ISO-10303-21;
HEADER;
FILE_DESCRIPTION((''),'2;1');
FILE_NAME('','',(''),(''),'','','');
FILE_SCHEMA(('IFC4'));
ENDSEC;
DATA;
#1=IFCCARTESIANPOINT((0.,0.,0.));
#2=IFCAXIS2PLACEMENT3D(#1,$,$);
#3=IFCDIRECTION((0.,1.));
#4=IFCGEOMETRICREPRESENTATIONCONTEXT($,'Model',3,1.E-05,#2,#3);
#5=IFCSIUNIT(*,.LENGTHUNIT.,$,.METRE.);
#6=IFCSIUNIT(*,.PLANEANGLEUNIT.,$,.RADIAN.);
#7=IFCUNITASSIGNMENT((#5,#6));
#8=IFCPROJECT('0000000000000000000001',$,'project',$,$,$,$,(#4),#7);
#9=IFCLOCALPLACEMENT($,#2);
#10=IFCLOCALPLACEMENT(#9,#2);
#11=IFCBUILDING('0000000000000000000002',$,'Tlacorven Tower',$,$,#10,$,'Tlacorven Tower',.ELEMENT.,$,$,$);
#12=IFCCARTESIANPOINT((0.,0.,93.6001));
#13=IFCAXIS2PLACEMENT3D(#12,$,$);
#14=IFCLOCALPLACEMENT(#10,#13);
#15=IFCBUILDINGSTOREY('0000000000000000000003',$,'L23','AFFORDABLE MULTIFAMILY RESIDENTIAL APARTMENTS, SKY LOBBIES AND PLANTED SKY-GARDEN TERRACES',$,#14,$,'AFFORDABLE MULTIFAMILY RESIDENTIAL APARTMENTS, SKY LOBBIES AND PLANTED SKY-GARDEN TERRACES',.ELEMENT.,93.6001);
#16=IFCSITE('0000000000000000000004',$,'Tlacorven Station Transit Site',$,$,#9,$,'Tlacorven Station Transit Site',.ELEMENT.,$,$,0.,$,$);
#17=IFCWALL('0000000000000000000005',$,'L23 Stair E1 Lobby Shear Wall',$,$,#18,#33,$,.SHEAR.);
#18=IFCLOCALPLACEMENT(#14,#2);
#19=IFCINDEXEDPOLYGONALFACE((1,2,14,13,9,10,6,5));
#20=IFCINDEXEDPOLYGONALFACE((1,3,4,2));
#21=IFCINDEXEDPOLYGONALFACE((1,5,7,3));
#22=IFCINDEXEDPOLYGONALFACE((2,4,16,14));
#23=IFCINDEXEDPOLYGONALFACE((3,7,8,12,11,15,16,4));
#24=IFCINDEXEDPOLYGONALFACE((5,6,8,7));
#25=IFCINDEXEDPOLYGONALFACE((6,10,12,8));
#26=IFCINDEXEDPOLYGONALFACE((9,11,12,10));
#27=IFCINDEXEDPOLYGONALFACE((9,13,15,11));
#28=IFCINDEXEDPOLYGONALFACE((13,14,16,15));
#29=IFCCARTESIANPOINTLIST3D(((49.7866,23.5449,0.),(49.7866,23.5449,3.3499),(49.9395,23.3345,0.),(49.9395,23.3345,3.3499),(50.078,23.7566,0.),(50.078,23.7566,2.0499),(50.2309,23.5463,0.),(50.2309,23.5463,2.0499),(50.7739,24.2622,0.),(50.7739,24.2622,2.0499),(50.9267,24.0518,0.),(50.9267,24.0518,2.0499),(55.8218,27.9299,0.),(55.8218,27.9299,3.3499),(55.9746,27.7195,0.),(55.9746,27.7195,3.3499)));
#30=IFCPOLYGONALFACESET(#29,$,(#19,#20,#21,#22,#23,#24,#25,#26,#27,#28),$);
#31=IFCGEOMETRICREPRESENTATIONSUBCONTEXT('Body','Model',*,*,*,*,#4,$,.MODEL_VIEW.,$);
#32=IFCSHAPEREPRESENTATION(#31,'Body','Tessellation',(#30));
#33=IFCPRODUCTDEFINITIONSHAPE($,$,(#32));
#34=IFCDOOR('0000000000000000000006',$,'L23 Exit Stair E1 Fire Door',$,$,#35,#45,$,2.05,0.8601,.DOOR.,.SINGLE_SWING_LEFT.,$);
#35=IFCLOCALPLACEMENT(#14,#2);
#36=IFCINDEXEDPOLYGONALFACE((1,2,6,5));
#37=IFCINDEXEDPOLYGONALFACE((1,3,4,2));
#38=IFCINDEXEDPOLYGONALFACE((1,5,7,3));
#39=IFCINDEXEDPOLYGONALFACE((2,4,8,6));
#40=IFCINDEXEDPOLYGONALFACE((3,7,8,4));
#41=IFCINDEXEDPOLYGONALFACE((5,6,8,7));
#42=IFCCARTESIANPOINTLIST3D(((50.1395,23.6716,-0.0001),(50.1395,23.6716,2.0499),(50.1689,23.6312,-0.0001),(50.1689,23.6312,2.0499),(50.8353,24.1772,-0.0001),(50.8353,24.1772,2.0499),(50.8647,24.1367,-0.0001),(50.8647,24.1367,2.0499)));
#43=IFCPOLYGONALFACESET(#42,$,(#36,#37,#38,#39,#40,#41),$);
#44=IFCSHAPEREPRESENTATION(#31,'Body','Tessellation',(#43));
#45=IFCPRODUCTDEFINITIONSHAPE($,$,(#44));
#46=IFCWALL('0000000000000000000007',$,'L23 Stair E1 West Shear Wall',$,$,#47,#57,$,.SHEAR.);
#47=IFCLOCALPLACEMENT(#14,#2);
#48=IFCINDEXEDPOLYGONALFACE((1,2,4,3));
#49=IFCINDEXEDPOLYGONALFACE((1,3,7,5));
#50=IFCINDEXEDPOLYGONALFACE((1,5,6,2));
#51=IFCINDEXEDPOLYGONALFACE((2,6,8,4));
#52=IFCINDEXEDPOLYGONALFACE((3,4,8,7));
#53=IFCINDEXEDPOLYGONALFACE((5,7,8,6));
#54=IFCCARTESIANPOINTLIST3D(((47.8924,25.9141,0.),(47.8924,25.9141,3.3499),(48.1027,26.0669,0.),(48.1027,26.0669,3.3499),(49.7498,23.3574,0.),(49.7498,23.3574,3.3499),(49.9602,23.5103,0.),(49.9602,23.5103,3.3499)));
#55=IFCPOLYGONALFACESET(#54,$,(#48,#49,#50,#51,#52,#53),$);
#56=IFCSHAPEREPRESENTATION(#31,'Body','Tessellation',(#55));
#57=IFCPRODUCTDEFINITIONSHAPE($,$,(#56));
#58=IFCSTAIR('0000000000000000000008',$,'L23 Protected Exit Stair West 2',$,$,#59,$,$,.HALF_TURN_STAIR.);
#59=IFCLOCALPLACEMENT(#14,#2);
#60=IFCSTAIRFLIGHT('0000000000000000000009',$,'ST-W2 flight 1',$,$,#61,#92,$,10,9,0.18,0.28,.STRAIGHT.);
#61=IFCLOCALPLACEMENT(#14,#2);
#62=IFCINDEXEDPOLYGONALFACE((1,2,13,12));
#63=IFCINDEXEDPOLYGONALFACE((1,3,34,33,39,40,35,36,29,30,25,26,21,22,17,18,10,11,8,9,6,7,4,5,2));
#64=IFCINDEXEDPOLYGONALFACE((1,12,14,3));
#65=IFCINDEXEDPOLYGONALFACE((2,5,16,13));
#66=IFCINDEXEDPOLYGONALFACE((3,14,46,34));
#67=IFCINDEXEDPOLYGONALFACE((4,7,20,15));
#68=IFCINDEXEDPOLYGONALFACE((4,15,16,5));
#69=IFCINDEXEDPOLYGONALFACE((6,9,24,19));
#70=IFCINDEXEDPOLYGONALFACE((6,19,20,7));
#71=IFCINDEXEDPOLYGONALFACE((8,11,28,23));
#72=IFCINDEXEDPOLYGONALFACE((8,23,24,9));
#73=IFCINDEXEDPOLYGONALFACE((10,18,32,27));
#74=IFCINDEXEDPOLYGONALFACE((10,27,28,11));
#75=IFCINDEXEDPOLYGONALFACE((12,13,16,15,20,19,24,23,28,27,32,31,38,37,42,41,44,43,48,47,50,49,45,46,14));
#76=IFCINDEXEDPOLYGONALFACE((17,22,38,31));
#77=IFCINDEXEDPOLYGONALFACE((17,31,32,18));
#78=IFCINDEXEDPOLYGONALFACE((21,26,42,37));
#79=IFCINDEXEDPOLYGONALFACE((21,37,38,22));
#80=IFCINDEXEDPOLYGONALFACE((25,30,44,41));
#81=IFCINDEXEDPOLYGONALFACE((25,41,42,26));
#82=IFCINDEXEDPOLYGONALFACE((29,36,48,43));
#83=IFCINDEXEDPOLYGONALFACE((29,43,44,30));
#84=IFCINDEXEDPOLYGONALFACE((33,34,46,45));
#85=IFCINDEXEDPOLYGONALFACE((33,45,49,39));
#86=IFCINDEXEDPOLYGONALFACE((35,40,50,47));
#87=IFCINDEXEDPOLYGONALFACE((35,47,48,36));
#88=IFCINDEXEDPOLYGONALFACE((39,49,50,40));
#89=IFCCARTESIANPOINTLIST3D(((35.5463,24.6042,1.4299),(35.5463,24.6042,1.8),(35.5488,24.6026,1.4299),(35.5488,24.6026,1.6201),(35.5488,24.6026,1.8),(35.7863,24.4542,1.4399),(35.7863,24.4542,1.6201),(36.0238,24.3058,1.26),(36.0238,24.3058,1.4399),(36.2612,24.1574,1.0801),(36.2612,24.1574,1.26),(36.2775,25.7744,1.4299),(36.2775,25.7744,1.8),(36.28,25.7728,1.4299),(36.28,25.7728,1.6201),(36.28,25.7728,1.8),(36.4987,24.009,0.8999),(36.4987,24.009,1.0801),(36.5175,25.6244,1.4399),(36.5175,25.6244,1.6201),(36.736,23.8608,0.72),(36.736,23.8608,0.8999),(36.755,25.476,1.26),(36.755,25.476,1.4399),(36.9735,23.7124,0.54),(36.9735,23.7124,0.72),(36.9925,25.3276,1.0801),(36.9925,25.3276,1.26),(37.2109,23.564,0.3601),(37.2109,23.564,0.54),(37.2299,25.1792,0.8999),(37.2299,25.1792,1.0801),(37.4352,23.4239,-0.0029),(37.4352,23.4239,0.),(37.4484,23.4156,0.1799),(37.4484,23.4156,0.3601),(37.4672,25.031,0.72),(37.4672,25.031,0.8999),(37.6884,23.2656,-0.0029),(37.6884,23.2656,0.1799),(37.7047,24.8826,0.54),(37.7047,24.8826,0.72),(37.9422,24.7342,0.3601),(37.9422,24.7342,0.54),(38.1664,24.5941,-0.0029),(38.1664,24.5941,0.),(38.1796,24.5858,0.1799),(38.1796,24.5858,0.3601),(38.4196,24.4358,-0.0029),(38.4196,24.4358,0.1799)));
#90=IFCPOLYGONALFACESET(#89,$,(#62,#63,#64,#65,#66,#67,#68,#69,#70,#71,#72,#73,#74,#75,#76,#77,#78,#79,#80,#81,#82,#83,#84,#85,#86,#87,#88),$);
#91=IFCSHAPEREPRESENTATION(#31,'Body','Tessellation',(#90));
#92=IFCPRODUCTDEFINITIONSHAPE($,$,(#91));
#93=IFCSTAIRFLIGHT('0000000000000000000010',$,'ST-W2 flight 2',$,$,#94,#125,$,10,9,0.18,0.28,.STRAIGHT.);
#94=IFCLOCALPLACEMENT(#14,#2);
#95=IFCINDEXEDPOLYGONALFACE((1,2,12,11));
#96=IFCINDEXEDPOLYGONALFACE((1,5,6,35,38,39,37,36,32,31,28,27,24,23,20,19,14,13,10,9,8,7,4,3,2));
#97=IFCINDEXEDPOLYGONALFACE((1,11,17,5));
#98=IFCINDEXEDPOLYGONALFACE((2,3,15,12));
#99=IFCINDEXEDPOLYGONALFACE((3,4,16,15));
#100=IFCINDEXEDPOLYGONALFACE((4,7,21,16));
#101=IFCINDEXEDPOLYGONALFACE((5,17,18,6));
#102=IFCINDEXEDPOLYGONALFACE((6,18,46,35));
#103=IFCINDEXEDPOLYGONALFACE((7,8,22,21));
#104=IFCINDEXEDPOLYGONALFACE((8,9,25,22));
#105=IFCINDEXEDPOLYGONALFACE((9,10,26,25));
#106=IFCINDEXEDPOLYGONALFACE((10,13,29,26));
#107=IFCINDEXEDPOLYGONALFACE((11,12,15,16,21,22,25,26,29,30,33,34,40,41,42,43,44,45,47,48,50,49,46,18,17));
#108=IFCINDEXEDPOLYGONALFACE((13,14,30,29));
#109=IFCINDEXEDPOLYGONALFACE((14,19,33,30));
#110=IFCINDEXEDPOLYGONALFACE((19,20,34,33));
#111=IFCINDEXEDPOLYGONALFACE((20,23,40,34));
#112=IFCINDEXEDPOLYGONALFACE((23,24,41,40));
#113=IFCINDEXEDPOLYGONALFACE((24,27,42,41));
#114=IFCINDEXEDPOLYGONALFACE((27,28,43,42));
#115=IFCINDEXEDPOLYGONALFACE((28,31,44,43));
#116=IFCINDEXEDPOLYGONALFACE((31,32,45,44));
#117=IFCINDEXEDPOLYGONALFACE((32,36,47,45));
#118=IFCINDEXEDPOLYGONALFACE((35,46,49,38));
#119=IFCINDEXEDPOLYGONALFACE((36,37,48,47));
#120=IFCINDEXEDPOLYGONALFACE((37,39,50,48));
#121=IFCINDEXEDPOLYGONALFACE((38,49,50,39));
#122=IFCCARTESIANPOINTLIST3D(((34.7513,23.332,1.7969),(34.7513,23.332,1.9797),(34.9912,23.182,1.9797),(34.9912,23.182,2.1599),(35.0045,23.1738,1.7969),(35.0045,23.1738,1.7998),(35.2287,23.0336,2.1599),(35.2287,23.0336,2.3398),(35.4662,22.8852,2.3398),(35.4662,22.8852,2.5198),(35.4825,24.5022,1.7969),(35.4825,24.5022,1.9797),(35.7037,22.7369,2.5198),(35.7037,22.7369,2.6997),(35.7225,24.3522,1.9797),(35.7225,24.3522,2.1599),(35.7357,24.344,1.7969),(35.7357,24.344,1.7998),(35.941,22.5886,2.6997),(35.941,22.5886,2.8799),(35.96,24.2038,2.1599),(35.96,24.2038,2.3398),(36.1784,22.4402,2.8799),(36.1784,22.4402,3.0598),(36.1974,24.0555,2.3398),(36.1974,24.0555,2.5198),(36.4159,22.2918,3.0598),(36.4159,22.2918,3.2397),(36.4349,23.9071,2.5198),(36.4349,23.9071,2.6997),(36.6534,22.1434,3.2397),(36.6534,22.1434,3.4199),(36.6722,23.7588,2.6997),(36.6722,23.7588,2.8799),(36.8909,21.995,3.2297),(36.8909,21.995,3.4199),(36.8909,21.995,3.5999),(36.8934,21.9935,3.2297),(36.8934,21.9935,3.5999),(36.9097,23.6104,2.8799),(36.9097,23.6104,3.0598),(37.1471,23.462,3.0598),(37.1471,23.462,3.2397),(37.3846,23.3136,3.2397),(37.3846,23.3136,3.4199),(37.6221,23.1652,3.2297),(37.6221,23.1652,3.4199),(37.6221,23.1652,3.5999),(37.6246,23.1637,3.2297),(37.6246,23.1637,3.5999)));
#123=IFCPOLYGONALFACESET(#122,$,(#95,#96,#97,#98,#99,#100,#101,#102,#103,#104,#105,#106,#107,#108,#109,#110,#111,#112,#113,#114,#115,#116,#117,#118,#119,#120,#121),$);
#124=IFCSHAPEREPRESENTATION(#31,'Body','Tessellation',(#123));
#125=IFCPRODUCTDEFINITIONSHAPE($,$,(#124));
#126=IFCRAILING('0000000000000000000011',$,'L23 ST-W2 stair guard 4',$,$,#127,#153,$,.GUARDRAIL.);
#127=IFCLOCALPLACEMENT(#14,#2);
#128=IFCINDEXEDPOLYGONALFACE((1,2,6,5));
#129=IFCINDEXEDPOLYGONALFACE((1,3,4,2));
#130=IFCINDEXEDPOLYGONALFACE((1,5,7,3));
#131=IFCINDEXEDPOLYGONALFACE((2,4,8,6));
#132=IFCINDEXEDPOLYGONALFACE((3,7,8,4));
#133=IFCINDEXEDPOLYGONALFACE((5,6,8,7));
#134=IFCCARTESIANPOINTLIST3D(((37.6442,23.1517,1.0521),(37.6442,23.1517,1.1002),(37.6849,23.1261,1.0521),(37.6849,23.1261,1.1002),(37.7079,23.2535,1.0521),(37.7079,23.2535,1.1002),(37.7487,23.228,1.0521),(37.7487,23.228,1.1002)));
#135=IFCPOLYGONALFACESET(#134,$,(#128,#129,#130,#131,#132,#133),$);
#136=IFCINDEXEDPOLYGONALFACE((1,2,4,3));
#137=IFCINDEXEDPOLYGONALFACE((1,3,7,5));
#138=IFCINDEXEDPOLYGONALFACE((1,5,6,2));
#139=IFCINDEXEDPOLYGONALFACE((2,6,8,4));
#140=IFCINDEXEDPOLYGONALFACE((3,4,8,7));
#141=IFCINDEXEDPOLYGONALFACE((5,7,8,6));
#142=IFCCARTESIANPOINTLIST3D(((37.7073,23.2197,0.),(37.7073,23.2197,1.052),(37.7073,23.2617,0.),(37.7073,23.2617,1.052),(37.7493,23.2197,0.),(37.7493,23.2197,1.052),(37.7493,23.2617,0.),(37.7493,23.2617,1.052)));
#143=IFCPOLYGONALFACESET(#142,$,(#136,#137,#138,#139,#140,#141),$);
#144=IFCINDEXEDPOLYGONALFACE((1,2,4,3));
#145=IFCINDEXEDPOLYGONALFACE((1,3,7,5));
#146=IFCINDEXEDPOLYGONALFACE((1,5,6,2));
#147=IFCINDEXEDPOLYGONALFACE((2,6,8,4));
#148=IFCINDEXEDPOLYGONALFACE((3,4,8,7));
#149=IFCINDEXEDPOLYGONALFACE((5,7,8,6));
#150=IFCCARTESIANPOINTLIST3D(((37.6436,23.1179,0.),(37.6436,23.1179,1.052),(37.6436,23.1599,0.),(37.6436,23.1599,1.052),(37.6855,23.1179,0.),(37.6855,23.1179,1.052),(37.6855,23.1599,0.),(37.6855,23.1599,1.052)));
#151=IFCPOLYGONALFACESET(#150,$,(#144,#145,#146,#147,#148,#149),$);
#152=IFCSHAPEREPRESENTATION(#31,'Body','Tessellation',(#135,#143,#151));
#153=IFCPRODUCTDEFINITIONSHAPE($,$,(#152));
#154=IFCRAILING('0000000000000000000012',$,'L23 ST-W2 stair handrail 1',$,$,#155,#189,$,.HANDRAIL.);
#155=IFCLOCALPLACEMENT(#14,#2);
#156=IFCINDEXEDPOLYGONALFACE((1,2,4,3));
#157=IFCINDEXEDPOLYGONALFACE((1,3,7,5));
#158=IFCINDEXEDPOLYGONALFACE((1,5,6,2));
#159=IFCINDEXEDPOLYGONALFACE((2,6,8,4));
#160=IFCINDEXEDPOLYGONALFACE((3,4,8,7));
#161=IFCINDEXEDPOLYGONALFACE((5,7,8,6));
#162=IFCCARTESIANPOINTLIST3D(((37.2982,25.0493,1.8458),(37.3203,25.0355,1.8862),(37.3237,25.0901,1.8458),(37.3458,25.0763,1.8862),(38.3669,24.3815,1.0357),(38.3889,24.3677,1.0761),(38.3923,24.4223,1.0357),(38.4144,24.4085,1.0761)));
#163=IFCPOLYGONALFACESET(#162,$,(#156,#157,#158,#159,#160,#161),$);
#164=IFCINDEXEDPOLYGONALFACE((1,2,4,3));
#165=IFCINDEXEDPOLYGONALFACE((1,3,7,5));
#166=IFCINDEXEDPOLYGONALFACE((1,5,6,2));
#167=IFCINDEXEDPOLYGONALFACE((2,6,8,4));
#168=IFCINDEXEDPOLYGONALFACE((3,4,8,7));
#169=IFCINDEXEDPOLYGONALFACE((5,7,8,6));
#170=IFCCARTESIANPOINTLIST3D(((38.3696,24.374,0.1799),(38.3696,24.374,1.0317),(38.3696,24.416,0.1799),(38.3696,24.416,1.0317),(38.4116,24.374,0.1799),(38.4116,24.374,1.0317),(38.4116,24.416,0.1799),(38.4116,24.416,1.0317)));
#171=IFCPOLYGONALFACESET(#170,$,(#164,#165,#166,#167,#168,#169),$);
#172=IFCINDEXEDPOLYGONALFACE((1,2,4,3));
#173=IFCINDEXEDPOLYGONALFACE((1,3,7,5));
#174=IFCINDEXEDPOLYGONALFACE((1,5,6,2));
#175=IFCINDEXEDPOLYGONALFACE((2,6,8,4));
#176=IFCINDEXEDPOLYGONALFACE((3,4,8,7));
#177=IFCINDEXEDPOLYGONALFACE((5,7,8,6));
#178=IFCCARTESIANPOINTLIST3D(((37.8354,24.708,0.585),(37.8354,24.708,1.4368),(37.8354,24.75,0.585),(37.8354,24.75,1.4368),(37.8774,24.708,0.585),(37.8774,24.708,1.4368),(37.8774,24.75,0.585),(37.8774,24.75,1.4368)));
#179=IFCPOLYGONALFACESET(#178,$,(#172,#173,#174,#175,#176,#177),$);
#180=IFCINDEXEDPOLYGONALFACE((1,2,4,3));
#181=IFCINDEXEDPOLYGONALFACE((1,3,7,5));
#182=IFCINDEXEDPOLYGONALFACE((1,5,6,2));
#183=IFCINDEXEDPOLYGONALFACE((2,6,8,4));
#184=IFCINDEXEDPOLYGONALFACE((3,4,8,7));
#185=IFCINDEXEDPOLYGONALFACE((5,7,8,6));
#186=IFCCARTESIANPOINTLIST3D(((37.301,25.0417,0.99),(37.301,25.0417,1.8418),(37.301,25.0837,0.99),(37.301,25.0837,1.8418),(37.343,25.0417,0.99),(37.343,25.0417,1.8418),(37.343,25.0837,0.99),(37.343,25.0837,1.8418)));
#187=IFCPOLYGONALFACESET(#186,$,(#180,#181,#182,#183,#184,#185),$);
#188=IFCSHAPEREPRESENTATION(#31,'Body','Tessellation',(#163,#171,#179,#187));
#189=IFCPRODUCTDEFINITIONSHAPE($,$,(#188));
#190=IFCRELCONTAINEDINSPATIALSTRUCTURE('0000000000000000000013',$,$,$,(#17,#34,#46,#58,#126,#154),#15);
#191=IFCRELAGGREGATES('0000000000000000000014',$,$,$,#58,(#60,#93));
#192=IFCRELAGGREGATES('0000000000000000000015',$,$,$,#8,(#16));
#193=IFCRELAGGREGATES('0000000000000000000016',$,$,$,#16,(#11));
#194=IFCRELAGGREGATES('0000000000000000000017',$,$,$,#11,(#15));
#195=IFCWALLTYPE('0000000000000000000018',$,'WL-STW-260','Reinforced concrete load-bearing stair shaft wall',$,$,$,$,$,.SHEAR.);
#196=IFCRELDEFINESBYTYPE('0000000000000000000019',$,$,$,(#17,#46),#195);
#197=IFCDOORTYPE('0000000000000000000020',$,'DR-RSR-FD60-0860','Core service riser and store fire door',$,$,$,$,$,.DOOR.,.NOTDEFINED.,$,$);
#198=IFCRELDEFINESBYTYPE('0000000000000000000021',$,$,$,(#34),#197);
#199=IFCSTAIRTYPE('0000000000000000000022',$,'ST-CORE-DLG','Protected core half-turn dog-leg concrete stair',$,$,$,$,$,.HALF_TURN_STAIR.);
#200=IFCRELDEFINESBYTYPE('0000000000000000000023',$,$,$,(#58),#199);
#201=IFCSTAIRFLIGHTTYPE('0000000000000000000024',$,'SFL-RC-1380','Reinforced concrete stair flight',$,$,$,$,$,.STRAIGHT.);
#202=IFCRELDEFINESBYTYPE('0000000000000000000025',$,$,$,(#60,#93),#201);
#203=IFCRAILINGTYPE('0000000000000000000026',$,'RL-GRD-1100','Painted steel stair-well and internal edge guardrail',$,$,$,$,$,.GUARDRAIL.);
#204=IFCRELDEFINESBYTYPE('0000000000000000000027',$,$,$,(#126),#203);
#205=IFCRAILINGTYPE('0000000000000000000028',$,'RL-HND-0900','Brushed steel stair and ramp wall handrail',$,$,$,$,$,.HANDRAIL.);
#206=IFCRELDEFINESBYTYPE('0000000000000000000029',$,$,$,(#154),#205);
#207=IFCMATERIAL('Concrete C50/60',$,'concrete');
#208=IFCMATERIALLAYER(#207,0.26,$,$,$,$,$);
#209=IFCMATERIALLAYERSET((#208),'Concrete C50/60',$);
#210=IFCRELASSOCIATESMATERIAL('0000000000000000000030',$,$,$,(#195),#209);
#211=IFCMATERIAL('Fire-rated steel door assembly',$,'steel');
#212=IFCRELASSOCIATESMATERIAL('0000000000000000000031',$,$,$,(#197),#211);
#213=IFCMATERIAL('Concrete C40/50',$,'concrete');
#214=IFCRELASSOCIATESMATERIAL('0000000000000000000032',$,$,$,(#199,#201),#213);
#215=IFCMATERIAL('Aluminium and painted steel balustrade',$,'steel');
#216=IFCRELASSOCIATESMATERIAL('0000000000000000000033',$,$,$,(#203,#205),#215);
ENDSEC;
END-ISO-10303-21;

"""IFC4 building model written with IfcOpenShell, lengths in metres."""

from ifc_helpers import new_model, si_unit, direction, frame, frame_2d, origin, origin_2d, place, context, subcontext, project, spatial, polyline, rectangle, outline, extrude, source, transform, mapped, material, layer, layer_set, type_object, element, fill, aggregate, save


model = new_model("IFC4")

# Units and contexts
model_context = context("Model", 3, precision=1e-05, world=origin(), true_north=direction((0.0, 1.0)))
body_context = subcontext(model_context, "Body", "Model", "MODEL_VIEW")
ifc_project = project(units=[si_unit("LENGTHUNIT", "METRE"), si_unit("PLANEANGLEUNIT", "RADIAN")], contexts=[model_context])

# Site, building, storey
site_placement = place(None, origin())
site = spatial("IfcSite", under=ifc_project, at=site_placement, Name="Tlacorven Station Transit Site", LongName="Tlacorven Station Transit Site", CompositionType="ELEMENT", RefElevation=0.0)
building_placement = place(site_placement, origin())
building = spatial("IfcBuilding", under=site, at=building_placement, Name="Tlacorven Tower", LongName="Tlacorven Tower", CompositionType="ELEMENT")
storey_placement = place(building_placement, frame((0.0, 0.0, 93.6001)))
storey = spatial("IfcBuildingStorey", under=building, at=storey_placement, Name="L23", Description="AFFORDABLE MULTIFAMILY RESIDENTIAL APARTMENTS, SKY LOBBIES AND PLANTED SKY-GARDEN TERRACES", LongName="AFFORDABLE MULTIFAMILY RESIDENTIAL APARTMENTS, SKY LOBBIES AND PLANTED SKY-GARDEN TERRACES", CompositionType="ELEMENT", Elevation=93.6001)

# Shared definitions
ifc_material_1 = material(Name="Concrete C40/50", Category="concrete")
ifc_material_2 = material(Name="Concrete C50/60", Category="concrete")
ifc_layer_1 = layer(ifc_material_2, 0.26)
ifc_layer_set_1 = layer_set([ifc_layer_1], Name="Concrete C50/60")
wall_type_1 = type_object("IfcWallType", Name="WL-STW-260", Description="Reinforced concrete load-bearing stair shaft wall", PredefinedType="SHEAR", material=ifc_layer_set_1)

# Wall, opening, door
wall_1_placement = place(storey_placement, frame((49.863, 23.4397, 0.0), z_axis=(0.0, 0.0, 1.0), x_axis=(0.809003, 0.587804, 0.0)))
wall_1 = element("IfcWall", 1, at=wall_1_placement, inside=storey, type_object=wall_type_1, Name="L23 Stair E1 Lobby Shear Wall", PredefinedType="SHEAR", context=body_context, shape_type="SweptSolid", body=[
    extrude(rectangle(XDim=7.46, YDim=0.26, at=frame_2d((3.73, 0.0))), origin(), (0.0, 0.0, 1.0), 3.3499),
])
opening_placement = place(wall_1_placement, frame((0.3601, 0.0, 0.0)))
opening = element("IfcOpeningElement", 2, at=opening_placement, cuts=wall_1, PredefinedType="OPENING", context=body_context, shape_type="SweptSolid", body=[
    extrude(rectangle(XDim=0.8601, YDim=2.05, at=frame_2d((0.4302, 1.0249))), frame((0.0, 0.1401, 0.0), z_axis=(0.0, -1.0, 0.0), x_axis=(1.0, 0.0, 0.0)), (0.0, 0.0, 1.0), 0.28),
])
ifc_material_3 = material(Name="Fire-rated steel door assembly", Category="steel")
door_type = type_object("IfcDoorType", Name="DR-RSR-FD60-0860", Description="Core service riser and store fire door", OperationType="NOTDEFINED", PredefinedType="DOOR", material=ifc_material_3)
shared_shape_1 = source(origin(), body_context, "Body", "SweptSolid", [
    extrude(rectangle(XDim=0.8601, YDim=2.05, at=frame_2d((0.4302, 1.0249))), frame((0.0, 0.0249, 0.0), z_axis=(0.0, -1.0, 0.0), x_axis=(1.0, 0.0, 0.0)), (0.0, 0.0, 1.0), 0.05),
])
door_placement = place(opening_placement, frame((0.8601, 0.0, 0.0), z_axis=(0.0, 0.0, 1.0), x_axis=(-1.0, 0.0, 0.0)))
door = element("IfcDoor", 3, at=door_placement, inside=storey, type_object=door_type, Name="L23 Exit Stair E1 Fire Door", OperationType="SINGLE_SWING_LEFT", OverallHeight=2.05, OverallWidth=0.8601, PredefinedType="DOOR", context=body_context, shape_type="MappedRepresentation", body=[
    mapped(shared_shape_1, transform((0.0, 0.0, 0.0), scale=1.0)),
])
fill(opening, door)

# Wall
wall_2_placement = place(storey_placement, frame((49.855, 23.4338, 0.0), z_axis=(0.0, 0.0, 1.0), x_axis=(-0.587767, 0.80903, 0.0)))
element("IfcWall", 4, at=wall_2_placement, inside=storey, type_object=wall_type_1, Name="L23 Stair E1 West Shear Wall", PredefinedType="SHEAR", context=body_context, shape_type="SweptSolid", body=[
    extrude(rectangle(XDim=3.1602, YDim=0.26, at=frame_2d((1.5801, 0.0))), origin(), (0.0, 0.0, 1.0), 3.3499),
])

# Stair, stair flights
stair_type = type_object("IfcStairType", Name="ST-CORE-DLG", Description="Protected core half-turn dog-leg concrete stair", PredefinedType="HALF_TURN_STAIR", material=ifc_material_1)
stair_placement = place(storey_placement, origin())
stair = element("IfcStair", 5, at=stair_placement, inside=storey, type_object=stair_type, Name="L23 Protected Exit Stair West 2", PredefinedType="HALF_TURN_STAIR")
stair_flight_type = type_object("IfcStairFlightType", Name="SFL-RC-1380", Description="Reinforced concrete stair flight", PredefinedType="STRAIGHT", material=ifc_material_1)
shared_shape_2 = source(origin(), body_context, "Body", "SweptSolid", [
    extrude(outline(polyline([(-0.0029, -0.0029), (-0.0029, 0.1799), (0.28, 0.1799), (0.28, 0.3601), (0.5601, 0.3601), (0.5601, 0.54), (0.8401, 0.54), (0.8401, 0.72), (1.1201, 0.72), (1.1201, 0.8999), (1.3999, 0.8999), (1.3999, 1.0801), (1.6799, 1.0801), (1.6799, 1.26), (1.96, 1.26), (1.96, 1.4399), (2.24, 1.4399), (2.24, 1.6201), (2.52, 1.6201), (2.52, 1.8), (2.5229, 1.8), (2.5229, 1.4299), (2.52, 1.4299), (0.2957, 0.0), (0.2957, -0.0029), (-0.0029, -0.0029)])), frame((0.0, 0.6899, 0.0), z_axis=(0.0, -1.0, 0.0), x_axis=(1.0, 0.0, 0.0)), (0.0, 0.0, 1.0), 1.3799),
])
stair_flight_1_placement = place(storey_placement, frame((38.0515, 23.8523, 0.0), z_axis=(0.0, 0.0, 1.0), x_axis=(-0.848048, 0.529919, 0.0)))
stair_flight_1 = element("IfcStairFlight", 6, at=stair_flight_1_placement, type_object=stair_flight_type, Name="ST-W2 flight 1", NumberOfRisers=10, NumberOfTreads=9, PredefinedType="STRAIGHT", RiserHeight=0.18, TreadLength=0.28, context=body_context, shape_type="MappedRepresentation", body=[
    mapped(shared_shape_2, transform((0.0, 0.0, 0.0), scale=1.0)),
])
stair_flight_2_placement = place(storey_placement, frame((35.1194, 23.9155, 1.7998), z_axis=(0.0, 0.0, 1.0), x_axis=(0.848048, -0.529919, 0.0)))
stair_flight_2 = element("IfcStairFlight", 7, at=stair_flight_2_placement, type_object=stair_flight_type, Name="ST-W2 flight 2", NumberOfRisers=10, NumberOfTreads=9, PredefinedType="STRAIGHT", RiserHeight=0.18, TreadLength=0.28, context=body_context, shape_type="MappedRepresentation", body=[
    mapped(shared_shape_2, transform((0.0, 0.0, 0.0), scale=1.0)),
])
aggregate(stair, [stair_flight_1, stair_flight_2])

# Railings
ifc_material_4 = material(Name="Aluminium and painted steel balustrade", Category="steel")
railing_type_1 = type_object("IfcRailingType", Name="RL-GRD-1100", Description="Painted steel stair-well and internal edge guardrail", PredefinedType="GUARDRAIL", material=ifc_material_4)
shared_shape_3 = source(origin(), body_context, "Body", "SweptSolid", [
    extrude(rectangle(XDim=0.0481, YDim=0.0481, at=origin_2d()), frame((0.0, 0.0, 1.0762), z_axis=(-0.530547, -0.847656, 0.0), x_axis=(0.847656, -0.530547, 0.0)), (0.0, 0.0, 1.0), 0.1201),
    extrude(rectangle(XDim=0.042, YDim=0.042, at=origin_2d()), origin(), (0.0, 0.0, 1.0), 1.052),
    extrude(rectangle(XDim=0.042, YDim=0.042, at=origin_2d()), frame((-0.0637, -0.1018, 0.0)), (0.0, 0.0, 1.0), 1.052),
])
railing_1_placement = place(storey_placement, frame((37.7283, 23.2407, 0.0)))
element("IfcRailing", 8, at=railing_1_placement, inside=storey, type_object=railing_type_1, Name="L23 ST-W2 stair guard 4", PredefinedType="GUARDRAIL", context=body_context, shape_type="MappedRepresentation", body=[
    mapped(shared_shape_3, transform((0.0, 0.0, 0.0), scale=1.0)),
])
railing_type_2 = type_object("IfcRailingType", Name="RL-HND-0900", Description="Brushed steel stair and ramp wall handrail", PredefinedType="HANDRAIL", material=ifc_material_4)
shared_shape_4 = source(origin(), body_context, "Body", "SweptSolid", [
    extrude(rectangle(XDim=0.0481, YDim=0.0481, at=origin_2d()), frame((0.0, 0.0, 0.876), z_axis=(-0.71336, 0.445748, 0.540765), x_axis=(-0.529912, -0.848053, 0.0)), (0.0, 0.0, 1.0), 1.498),
    extrude(rectangle(XDim=0.042, YDim=0.042, at=origin_2d()), origin(), (0.0, 0.0, 1.0), 0.8518),
    extrude(rectangle(XDim=0.042, YDim=0.042, at=origin_2d()), frame((-0.5342, 0.334, 0.405)), (0.0, 0.0, 1.0), 0.8518),
    extrude(rectangle(XDim=0.042, YDim=0.042, at=origin_2d()), frame((-1.0686, 0.6677, 0.8101)), (0.0, 0.0, 1.0), 0.8518),
])
railing_2_placement = place(storey_placement, frame((38.3906, 24.395, 0.1799)))
element("IfcRailing", 9, at=railing_2_placement, inside=storey, type_object=railing_type_2, Name="L23 ST-W2 stair handrail 1", PredefinedType="HANDRAIL", context=body_context, shape_type="MappedRepresentation", body=[
    mapped(shared_shape_4, transform((0.0, 0.0, 0.0), scale=1.0)),
])

save(model, "model.ifc")
